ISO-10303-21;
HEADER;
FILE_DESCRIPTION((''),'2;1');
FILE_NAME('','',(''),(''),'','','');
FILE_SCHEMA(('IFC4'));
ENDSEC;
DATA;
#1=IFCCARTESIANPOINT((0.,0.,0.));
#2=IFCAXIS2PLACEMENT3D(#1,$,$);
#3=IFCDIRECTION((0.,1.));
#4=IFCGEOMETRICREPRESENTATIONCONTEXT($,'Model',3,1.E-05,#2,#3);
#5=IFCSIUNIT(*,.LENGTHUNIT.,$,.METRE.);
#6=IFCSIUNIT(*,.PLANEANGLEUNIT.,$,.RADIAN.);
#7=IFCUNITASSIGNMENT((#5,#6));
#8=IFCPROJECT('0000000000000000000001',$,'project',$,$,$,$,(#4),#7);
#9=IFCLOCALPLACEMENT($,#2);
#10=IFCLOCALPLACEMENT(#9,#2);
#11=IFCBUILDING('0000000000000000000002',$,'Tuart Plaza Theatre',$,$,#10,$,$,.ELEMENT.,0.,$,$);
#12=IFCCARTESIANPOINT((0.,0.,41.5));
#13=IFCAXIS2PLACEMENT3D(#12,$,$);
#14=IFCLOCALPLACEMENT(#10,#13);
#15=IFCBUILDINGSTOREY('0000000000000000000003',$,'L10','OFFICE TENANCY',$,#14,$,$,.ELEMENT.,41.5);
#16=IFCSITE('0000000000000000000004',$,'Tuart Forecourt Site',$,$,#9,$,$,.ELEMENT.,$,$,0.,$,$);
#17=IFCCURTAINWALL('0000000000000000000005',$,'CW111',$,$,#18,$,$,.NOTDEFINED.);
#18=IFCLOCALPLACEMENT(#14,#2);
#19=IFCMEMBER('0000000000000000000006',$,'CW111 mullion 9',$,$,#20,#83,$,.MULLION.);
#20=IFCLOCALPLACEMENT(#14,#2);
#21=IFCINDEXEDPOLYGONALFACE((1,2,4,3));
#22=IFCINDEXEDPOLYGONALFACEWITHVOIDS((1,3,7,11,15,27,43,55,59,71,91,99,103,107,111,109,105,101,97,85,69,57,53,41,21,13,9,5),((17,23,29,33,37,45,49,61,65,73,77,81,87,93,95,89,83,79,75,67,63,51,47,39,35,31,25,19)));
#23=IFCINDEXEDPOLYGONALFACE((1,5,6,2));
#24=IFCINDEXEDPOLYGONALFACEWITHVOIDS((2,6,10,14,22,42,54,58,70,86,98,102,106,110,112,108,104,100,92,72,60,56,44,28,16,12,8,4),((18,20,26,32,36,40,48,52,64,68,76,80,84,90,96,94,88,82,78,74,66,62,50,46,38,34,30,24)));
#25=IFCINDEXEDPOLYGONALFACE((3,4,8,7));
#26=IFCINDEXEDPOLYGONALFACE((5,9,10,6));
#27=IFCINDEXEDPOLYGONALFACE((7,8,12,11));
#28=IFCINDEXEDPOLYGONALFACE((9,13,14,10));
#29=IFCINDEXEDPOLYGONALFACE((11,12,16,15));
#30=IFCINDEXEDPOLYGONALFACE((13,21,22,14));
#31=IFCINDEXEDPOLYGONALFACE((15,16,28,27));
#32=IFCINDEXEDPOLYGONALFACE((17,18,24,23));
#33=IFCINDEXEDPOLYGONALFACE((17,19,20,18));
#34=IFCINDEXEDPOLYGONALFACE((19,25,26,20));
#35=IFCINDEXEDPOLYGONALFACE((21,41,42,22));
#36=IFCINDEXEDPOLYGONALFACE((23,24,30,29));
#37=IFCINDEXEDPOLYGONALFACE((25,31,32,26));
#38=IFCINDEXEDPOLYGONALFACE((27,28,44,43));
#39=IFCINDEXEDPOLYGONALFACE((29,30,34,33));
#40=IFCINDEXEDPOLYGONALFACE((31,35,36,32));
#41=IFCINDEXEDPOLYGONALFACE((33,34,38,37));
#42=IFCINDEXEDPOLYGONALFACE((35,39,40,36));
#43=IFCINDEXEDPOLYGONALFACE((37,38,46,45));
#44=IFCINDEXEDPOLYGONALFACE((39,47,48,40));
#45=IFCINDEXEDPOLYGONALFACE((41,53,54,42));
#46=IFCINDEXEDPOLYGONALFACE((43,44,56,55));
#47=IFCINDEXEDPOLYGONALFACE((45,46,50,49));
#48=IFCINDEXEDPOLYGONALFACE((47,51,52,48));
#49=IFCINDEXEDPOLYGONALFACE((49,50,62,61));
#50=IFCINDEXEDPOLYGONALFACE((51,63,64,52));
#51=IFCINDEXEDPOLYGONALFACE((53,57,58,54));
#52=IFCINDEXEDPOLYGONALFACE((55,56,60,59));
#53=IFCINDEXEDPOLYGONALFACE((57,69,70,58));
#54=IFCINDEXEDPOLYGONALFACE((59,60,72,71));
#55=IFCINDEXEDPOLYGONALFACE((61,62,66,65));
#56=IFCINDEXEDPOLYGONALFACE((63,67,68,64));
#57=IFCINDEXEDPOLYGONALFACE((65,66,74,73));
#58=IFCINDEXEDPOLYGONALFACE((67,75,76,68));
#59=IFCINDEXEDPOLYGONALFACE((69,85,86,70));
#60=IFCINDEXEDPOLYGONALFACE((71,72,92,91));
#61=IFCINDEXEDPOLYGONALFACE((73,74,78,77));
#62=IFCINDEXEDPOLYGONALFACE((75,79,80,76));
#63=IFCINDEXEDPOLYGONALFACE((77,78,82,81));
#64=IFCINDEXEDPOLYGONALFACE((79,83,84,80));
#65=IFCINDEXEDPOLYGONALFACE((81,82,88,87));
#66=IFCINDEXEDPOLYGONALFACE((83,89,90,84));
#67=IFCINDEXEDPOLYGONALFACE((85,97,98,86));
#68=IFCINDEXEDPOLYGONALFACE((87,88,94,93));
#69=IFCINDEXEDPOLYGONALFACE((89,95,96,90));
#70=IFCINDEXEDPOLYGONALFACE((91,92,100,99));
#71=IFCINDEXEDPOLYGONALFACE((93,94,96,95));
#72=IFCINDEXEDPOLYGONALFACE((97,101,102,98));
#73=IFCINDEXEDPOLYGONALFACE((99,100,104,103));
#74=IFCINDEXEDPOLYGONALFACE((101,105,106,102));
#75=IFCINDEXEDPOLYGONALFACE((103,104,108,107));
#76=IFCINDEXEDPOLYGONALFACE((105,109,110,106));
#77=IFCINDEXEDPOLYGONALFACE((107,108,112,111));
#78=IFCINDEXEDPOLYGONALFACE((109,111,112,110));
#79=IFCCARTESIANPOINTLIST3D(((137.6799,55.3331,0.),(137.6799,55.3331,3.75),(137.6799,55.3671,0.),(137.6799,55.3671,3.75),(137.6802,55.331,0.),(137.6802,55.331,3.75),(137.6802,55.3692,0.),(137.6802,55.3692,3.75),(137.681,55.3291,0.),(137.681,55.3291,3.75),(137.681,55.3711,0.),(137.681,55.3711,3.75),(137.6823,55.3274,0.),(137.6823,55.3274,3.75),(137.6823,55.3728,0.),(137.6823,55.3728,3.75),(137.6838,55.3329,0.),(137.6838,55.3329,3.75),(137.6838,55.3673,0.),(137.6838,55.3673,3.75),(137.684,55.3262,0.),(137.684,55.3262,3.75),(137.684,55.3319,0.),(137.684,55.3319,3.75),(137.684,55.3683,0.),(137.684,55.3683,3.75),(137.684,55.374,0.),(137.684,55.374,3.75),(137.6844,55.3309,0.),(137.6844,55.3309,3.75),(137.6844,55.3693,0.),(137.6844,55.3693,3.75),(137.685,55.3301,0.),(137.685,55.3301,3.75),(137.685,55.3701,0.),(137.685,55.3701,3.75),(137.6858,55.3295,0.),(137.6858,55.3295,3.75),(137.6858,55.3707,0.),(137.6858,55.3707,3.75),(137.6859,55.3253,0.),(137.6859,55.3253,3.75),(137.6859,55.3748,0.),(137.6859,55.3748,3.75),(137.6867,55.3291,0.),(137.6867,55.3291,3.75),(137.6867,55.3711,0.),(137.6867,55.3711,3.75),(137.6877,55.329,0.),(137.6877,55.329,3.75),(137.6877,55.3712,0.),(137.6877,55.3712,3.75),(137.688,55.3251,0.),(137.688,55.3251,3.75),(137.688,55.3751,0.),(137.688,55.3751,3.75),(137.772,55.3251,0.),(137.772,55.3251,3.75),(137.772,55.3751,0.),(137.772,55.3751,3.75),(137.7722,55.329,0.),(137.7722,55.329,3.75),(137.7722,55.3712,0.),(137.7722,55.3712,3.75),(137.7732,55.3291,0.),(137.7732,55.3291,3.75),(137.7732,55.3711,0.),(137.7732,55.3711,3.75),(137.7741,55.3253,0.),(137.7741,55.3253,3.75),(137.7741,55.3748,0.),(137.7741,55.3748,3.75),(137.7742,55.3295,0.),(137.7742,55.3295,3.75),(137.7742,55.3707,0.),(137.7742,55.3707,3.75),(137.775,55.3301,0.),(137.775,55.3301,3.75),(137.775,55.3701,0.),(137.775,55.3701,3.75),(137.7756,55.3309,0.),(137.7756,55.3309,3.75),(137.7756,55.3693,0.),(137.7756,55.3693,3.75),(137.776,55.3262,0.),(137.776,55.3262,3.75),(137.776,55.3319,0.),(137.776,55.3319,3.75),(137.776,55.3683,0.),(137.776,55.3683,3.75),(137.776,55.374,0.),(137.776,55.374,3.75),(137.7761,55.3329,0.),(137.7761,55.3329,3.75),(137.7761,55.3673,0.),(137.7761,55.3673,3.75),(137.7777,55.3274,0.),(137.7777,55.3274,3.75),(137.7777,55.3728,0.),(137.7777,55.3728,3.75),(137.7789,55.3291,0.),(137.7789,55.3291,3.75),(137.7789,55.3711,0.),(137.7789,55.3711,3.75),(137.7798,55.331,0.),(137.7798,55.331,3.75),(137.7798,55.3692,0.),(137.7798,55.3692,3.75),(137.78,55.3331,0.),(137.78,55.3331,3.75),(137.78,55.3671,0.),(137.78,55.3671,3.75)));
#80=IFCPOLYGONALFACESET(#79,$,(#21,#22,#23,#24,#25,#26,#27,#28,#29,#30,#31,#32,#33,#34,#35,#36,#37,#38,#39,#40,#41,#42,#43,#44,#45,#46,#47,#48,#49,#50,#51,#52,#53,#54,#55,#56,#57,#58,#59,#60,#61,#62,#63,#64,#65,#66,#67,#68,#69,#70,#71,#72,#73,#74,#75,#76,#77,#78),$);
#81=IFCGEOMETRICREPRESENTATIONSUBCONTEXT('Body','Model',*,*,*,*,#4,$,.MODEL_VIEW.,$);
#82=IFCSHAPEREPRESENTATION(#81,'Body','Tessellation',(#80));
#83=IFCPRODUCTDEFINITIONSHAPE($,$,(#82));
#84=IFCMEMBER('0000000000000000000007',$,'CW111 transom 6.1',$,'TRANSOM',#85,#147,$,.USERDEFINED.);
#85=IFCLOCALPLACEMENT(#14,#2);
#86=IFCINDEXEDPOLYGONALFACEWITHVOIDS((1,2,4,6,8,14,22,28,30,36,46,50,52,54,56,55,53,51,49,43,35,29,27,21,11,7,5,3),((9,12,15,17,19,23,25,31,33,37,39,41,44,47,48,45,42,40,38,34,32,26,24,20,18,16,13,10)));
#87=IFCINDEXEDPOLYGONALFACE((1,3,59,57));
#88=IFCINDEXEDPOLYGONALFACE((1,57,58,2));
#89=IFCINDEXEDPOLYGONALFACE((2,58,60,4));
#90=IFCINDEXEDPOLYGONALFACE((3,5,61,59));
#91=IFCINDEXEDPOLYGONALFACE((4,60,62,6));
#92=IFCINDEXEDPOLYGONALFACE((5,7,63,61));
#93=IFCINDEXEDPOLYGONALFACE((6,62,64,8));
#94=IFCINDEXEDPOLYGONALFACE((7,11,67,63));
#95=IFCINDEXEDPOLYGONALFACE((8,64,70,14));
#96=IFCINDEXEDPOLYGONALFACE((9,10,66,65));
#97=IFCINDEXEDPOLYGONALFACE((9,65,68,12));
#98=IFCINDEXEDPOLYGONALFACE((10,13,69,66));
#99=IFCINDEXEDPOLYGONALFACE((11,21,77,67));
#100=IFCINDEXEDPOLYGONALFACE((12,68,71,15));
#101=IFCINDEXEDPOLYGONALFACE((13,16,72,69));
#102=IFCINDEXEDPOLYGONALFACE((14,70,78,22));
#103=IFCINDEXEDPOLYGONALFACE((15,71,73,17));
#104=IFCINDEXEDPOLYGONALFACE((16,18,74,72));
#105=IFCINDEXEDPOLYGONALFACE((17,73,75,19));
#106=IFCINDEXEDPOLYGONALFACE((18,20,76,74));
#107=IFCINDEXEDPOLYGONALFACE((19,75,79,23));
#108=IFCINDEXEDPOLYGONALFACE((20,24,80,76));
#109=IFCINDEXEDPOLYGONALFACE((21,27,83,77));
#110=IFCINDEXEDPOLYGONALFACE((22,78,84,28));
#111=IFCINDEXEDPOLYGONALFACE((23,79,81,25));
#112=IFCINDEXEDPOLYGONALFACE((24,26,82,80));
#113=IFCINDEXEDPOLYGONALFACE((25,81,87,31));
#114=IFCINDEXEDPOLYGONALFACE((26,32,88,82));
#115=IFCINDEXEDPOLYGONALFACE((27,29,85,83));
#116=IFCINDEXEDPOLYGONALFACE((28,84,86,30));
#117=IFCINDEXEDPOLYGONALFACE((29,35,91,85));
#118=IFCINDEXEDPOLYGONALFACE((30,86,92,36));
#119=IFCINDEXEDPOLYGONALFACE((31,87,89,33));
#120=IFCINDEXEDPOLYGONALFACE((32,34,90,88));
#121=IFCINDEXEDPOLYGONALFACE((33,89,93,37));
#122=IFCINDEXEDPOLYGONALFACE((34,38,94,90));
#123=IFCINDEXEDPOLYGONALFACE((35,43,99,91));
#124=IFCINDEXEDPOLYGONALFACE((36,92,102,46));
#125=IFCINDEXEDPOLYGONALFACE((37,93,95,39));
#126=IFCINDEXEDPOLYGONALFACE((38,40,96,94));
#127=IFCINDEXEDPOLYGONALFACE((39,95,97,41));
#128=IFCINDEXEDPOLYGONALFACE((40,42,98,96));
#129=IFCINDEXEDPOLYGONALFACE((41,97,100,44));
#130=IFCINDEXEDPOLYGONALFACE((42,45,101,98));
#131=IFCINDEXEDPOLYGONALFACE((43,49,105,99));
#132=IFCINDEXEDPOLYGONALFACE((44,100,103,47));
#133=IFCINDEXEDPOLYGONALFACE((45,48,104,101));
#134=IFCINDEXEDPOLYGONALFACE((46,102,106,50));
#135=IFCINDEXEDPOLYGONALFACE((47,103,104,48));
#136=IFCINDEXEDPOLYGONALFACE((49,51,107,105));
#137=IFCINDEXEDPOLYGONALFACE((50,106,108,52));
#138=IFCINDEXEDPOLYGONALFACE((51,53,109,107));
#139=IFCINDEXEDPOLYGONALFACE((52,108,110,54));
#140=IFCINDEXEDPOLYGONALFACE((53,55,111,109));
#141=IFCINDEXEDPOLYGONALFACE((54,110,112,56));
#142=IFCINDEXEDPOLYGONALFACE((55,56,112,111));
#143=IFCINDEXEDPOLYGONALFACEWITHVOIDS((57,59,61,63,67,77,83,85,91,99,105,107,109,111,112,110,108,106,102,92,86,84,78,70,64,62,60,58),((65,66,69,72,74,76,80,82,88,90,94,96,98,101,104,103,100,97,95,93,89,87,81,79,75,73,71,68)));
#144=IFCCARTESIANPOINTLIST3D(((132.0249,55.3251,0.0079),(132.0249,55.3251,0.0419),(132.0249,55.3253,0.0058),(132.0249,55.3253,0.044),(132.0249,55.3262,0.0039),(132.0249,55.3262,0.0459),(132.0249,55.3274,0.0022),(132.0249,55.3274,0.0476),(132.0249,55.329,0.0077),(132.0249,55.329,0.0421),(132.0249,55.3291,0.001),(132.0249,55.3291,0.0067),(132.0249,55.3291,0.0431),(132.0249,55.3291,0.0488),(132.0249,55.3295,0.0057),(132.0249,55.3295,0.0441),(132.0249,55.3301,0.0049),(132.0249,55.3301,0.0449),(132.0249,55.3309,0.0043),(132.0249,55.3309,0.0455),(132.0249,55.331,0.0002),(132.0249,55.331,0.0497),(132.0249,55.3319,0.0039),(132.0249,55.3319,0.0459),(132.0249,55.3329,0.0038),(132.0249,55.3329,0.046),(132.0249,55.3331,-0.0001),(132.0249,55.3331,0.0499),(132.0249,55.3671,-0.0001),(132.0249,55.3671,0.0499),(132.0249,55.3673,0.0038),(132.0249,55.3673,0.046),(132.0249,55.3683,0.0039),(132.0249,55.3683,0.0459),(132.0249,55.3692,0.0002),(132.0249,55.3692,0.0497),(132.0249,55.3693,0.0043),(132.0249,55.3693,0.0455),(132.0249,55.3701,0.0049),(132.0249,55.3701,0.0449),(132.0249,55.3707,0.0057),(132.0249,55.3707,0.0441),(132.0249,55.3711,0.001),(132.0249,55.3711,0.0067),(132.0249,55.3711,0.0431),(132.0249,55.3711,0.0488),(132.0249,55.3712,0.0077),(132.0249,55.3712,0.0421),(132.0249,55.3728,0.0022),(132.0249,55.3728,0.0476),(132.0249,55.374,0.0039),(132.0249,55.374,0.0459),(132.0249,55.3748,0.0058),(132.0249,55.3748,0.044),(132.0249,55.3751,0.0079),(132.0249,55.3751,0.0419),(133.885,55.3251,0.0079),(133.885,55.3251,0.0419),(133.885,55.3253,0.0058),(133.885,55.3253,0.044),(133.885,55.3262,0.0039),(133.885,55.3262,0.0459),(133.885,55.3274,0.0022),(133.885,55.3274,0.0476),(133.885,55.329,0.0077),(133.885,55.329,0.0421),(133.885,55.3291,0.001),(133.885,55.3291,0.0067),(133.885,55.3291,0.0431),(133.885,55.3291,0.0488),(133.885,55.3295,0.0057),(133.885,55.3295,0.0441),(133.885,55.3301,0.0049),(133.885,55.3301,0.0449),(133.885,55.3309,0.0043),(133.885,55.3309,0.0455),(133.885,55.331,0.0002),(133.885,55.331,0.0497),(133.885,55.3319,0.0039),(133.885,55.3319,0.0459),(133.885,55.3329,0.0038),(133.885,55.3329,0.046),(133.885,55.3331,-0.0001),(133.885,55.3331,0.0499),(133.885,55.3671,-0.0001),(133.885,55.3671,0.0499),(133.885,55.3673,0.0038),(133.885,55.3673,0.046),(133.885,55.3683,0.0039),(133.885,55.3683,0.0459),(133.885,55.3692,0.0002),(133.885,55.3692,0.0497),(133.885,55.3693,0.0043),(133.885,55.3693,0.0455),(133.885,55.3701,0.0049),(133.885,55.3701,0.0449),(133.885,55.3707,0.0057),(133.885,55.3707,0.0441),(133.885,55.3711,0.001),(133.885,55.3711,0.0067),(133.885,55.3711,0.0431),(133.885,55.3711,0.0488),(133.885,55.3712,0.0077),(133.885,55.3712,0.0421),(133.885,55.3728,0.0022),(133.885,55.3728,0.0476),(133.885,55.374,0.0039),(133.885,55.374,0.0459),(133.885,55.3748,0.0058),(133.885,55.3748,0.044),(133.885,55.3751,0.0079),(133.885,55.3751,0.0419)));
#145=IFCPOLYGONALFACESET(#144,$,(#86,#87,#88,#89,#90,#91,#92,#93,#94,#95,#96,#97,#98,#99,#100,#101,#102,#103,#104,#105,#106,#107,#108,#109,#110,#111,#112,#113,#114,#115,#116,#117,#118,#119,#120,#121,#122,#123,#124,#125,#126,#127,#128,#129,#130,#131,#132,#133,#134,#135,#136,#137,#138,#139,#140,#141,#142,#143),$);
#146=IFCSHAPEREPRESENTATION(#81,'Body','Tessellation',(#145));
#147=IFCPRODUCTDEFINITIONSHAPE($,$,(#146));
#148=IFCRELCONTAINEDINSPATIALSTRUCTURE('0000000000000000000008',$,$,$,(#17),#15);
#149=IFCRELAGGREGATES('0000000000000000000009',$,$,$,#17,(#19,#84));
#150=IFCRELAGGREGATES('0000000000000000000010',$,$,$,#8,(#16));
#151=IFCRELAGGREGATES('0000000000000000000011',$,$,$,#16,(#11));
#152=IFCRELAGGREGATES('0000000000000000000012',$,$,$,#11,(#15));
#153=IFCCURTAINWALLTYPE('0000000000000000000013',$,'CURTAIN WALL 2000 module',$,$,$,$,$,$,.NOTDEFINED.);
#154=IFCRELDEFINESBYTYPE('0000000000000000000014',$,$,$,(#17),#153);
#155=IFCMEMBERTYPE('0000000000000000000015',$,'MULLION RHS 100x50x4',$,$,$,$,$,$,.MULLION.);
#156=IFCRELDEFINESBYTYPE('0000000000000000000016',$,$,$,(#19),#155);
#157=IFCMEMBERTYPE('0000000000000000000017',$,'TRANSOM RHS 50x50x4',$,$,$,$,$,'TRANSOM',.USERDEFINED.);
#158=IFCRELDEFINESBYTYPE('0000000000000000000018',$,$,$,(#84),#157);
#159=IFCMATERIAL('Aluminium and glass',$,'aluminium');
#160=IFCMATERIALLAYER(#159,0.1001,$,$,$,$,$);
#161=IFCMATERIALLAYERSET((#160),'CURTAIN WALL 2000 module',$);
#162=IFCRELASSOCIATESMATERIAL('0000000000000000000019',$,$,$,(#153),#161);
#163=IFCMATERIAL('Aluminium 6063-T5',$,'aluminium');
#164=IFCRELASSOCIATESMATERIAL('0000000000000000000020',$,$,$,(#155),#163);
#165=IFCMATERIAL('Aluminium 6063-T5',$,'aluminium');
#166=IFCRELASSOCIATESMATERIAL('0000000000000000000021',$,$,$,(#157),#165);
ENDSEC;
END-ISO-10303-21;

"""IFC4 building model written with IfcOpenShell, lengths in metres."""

from ifc_helpers import new_model, si_unit, direction, frame, origin, origin_2d, place, context, subcontext, project, spatial, hollow_rectangle, extrude, material, layer, layer_set, material_profile, profile_set, type_object, element, aggregate, save


model = new_model("IFC4")

# Units and contexts
model_context = context("Model", 3, precision=1e-05, world=origin(), true_north=direction((0.0, 1.0)))
body_context = subcontext(model_context, "Body", "Model", "MODEL_VIEW")
ifc_project = project(units=[si_unit("LENGTHUNIT", "METRE"), si_unit("PLANEANGLEUNIT", "RADIAN")], contexts=[model_context])

# Site, building, storey
site_placement = place(None, origin())
site = spatial("IfcSite", under=ifc_project, at=site_placement, Name="Tuart Forecourt Site", CompositionType="ELEMENT", RefElevation=0.0)
building_placement = place(site_placement, origin())
building = spatial("IfcBuilding", under=site, at=building_placement, Name="Tuart Plaza Theatre", CompositionType="ELEMENT", ElevationOfRefHeight=0.0)
storey_placement = place(building_placement, frame((0.0, 0.0, 41.5)))
storey = spatial("IfcBuildingStorey", under=building, at=storey_placement, Name="L10", Description="OFFICE TENANCY", CompositionType="ELEMENT", Elevation=41.5)

# Curtain wall, members
ifc_material_1 = material(Name="Aluminium and glass", Category="aluminium")
ifc_layer_1 = layer(ifc_material_1, 0.1001)
ifc_layer_set_1 = layer_set([ifc_layer_1], Name="CURTAIN WALL 2000 module")
curtain_wall_type = type_object("IfcCurtainWallType", Name="CURTAIN WALL 2000 module", PredefinedType="NOTDEFINED", material=ifc_layer_set_1)
curtain_wall_placement = place(storey_placement, origin())
curtain_wall = element("IfcCurtainWall", 1, at=curtain_wall_placement, inside=storey, type_object=curtain_wall_type, Name="CW111", PredefinedType="NOTDEFINED")
ifc_material_2 = material(Name="Aluminium 6063-T5", Category="aluminium")
ifc_material_profile_1 = material_profile(ifc_material_2, hollow_rectangle(XDim=0.05, YDim=0.1001, WallThickness=0.0039, InnerFilletRadius=0.0039, OuterFilletRadius=0.0081, at=origin_2d()), Name="RHS 100x50x4")
ifc_profile_set_1 = profile_set([ifc_material_profile_1], Name="Aluminium 6063-T5")
member_type_1 = type_object("IfcMemberType", Name="MULLION RHS 100x50x4", PredefinedType="MULLION", material=ifc_profile_set_1)
member_1_placement = place(storey_placement, frame((137.73, 55.3501, 0.0), z_axis=(0.0, 0.0, 1.0), x_axis=(0.0, 1.0, 0.0)))
member_1 = element("IfcMember", 2, at=member_1_placement, type_object=member_type_1, Name="CW111 mullion 9", PredefinedType="MULLION", context=body_context, shape_type="SweptSolid", body=[
    extrude(hollow_rectangle(XDim=0.05, YDim=0.1001, WallThickness=0.0039, InnerFilletRadius=0.0039, OuterFilletRadius=0.0081, at=origin_2d()), origin(), (0.0, 0.0, 1.0), 3.75),
])
ifc_material_3 = material(Name="Aluminium 6063-T5", Category="aluminium")
ifc_material_profile_2 = material_profile(ifc_material_3, hollow_rectangle(XDim=0.05, YDim=0.05, WallThickness=0.0039, InnerFilletRadius=0.0039, OuterFilletRadius=0.0081, at=origin_2d()), Name="RHS 50x50x4")
ifc_profile_set_2 = profile_set([ifc_material_profile_2], Name="Aluminium 6063-T5")
member_type_2 = type_object("IfcMemberType", Name="TRANSOM RHS 50x50x4", ElementType="TRANSOM", PredefinedType="USERDEFINED", material=ifc_profile_set_2)
member_2_placement = place(storey_placement, frame((132.0249, 55.3501, 0.0249), z_axis=(1.0, 0.0, 0.0), x_axis=(0.0, 1.0, 0.0)))
member_2 = element("IfcMember", 3, at=member_2_placement, type_object=member_type_2, Name="CW111 transom 6.1", ObjectType="TRANSOM", PredefinedType="USERDEFINED", context=body_context, shape_type="SweptSolid", body=[
    extrude(hollow_rectangle(XDim=0.05, YDim=0.05, WallThickness=0.0039, InnerFilletRadius=0.0039, OuterFilletRadius=0.0081, at=origin_2d()), origin(), (0.0, 0.0, 1.0), 1.8601),
])
aggregate(curtain_wall, [member_1, member_2])

save(model, "model.ifc")
